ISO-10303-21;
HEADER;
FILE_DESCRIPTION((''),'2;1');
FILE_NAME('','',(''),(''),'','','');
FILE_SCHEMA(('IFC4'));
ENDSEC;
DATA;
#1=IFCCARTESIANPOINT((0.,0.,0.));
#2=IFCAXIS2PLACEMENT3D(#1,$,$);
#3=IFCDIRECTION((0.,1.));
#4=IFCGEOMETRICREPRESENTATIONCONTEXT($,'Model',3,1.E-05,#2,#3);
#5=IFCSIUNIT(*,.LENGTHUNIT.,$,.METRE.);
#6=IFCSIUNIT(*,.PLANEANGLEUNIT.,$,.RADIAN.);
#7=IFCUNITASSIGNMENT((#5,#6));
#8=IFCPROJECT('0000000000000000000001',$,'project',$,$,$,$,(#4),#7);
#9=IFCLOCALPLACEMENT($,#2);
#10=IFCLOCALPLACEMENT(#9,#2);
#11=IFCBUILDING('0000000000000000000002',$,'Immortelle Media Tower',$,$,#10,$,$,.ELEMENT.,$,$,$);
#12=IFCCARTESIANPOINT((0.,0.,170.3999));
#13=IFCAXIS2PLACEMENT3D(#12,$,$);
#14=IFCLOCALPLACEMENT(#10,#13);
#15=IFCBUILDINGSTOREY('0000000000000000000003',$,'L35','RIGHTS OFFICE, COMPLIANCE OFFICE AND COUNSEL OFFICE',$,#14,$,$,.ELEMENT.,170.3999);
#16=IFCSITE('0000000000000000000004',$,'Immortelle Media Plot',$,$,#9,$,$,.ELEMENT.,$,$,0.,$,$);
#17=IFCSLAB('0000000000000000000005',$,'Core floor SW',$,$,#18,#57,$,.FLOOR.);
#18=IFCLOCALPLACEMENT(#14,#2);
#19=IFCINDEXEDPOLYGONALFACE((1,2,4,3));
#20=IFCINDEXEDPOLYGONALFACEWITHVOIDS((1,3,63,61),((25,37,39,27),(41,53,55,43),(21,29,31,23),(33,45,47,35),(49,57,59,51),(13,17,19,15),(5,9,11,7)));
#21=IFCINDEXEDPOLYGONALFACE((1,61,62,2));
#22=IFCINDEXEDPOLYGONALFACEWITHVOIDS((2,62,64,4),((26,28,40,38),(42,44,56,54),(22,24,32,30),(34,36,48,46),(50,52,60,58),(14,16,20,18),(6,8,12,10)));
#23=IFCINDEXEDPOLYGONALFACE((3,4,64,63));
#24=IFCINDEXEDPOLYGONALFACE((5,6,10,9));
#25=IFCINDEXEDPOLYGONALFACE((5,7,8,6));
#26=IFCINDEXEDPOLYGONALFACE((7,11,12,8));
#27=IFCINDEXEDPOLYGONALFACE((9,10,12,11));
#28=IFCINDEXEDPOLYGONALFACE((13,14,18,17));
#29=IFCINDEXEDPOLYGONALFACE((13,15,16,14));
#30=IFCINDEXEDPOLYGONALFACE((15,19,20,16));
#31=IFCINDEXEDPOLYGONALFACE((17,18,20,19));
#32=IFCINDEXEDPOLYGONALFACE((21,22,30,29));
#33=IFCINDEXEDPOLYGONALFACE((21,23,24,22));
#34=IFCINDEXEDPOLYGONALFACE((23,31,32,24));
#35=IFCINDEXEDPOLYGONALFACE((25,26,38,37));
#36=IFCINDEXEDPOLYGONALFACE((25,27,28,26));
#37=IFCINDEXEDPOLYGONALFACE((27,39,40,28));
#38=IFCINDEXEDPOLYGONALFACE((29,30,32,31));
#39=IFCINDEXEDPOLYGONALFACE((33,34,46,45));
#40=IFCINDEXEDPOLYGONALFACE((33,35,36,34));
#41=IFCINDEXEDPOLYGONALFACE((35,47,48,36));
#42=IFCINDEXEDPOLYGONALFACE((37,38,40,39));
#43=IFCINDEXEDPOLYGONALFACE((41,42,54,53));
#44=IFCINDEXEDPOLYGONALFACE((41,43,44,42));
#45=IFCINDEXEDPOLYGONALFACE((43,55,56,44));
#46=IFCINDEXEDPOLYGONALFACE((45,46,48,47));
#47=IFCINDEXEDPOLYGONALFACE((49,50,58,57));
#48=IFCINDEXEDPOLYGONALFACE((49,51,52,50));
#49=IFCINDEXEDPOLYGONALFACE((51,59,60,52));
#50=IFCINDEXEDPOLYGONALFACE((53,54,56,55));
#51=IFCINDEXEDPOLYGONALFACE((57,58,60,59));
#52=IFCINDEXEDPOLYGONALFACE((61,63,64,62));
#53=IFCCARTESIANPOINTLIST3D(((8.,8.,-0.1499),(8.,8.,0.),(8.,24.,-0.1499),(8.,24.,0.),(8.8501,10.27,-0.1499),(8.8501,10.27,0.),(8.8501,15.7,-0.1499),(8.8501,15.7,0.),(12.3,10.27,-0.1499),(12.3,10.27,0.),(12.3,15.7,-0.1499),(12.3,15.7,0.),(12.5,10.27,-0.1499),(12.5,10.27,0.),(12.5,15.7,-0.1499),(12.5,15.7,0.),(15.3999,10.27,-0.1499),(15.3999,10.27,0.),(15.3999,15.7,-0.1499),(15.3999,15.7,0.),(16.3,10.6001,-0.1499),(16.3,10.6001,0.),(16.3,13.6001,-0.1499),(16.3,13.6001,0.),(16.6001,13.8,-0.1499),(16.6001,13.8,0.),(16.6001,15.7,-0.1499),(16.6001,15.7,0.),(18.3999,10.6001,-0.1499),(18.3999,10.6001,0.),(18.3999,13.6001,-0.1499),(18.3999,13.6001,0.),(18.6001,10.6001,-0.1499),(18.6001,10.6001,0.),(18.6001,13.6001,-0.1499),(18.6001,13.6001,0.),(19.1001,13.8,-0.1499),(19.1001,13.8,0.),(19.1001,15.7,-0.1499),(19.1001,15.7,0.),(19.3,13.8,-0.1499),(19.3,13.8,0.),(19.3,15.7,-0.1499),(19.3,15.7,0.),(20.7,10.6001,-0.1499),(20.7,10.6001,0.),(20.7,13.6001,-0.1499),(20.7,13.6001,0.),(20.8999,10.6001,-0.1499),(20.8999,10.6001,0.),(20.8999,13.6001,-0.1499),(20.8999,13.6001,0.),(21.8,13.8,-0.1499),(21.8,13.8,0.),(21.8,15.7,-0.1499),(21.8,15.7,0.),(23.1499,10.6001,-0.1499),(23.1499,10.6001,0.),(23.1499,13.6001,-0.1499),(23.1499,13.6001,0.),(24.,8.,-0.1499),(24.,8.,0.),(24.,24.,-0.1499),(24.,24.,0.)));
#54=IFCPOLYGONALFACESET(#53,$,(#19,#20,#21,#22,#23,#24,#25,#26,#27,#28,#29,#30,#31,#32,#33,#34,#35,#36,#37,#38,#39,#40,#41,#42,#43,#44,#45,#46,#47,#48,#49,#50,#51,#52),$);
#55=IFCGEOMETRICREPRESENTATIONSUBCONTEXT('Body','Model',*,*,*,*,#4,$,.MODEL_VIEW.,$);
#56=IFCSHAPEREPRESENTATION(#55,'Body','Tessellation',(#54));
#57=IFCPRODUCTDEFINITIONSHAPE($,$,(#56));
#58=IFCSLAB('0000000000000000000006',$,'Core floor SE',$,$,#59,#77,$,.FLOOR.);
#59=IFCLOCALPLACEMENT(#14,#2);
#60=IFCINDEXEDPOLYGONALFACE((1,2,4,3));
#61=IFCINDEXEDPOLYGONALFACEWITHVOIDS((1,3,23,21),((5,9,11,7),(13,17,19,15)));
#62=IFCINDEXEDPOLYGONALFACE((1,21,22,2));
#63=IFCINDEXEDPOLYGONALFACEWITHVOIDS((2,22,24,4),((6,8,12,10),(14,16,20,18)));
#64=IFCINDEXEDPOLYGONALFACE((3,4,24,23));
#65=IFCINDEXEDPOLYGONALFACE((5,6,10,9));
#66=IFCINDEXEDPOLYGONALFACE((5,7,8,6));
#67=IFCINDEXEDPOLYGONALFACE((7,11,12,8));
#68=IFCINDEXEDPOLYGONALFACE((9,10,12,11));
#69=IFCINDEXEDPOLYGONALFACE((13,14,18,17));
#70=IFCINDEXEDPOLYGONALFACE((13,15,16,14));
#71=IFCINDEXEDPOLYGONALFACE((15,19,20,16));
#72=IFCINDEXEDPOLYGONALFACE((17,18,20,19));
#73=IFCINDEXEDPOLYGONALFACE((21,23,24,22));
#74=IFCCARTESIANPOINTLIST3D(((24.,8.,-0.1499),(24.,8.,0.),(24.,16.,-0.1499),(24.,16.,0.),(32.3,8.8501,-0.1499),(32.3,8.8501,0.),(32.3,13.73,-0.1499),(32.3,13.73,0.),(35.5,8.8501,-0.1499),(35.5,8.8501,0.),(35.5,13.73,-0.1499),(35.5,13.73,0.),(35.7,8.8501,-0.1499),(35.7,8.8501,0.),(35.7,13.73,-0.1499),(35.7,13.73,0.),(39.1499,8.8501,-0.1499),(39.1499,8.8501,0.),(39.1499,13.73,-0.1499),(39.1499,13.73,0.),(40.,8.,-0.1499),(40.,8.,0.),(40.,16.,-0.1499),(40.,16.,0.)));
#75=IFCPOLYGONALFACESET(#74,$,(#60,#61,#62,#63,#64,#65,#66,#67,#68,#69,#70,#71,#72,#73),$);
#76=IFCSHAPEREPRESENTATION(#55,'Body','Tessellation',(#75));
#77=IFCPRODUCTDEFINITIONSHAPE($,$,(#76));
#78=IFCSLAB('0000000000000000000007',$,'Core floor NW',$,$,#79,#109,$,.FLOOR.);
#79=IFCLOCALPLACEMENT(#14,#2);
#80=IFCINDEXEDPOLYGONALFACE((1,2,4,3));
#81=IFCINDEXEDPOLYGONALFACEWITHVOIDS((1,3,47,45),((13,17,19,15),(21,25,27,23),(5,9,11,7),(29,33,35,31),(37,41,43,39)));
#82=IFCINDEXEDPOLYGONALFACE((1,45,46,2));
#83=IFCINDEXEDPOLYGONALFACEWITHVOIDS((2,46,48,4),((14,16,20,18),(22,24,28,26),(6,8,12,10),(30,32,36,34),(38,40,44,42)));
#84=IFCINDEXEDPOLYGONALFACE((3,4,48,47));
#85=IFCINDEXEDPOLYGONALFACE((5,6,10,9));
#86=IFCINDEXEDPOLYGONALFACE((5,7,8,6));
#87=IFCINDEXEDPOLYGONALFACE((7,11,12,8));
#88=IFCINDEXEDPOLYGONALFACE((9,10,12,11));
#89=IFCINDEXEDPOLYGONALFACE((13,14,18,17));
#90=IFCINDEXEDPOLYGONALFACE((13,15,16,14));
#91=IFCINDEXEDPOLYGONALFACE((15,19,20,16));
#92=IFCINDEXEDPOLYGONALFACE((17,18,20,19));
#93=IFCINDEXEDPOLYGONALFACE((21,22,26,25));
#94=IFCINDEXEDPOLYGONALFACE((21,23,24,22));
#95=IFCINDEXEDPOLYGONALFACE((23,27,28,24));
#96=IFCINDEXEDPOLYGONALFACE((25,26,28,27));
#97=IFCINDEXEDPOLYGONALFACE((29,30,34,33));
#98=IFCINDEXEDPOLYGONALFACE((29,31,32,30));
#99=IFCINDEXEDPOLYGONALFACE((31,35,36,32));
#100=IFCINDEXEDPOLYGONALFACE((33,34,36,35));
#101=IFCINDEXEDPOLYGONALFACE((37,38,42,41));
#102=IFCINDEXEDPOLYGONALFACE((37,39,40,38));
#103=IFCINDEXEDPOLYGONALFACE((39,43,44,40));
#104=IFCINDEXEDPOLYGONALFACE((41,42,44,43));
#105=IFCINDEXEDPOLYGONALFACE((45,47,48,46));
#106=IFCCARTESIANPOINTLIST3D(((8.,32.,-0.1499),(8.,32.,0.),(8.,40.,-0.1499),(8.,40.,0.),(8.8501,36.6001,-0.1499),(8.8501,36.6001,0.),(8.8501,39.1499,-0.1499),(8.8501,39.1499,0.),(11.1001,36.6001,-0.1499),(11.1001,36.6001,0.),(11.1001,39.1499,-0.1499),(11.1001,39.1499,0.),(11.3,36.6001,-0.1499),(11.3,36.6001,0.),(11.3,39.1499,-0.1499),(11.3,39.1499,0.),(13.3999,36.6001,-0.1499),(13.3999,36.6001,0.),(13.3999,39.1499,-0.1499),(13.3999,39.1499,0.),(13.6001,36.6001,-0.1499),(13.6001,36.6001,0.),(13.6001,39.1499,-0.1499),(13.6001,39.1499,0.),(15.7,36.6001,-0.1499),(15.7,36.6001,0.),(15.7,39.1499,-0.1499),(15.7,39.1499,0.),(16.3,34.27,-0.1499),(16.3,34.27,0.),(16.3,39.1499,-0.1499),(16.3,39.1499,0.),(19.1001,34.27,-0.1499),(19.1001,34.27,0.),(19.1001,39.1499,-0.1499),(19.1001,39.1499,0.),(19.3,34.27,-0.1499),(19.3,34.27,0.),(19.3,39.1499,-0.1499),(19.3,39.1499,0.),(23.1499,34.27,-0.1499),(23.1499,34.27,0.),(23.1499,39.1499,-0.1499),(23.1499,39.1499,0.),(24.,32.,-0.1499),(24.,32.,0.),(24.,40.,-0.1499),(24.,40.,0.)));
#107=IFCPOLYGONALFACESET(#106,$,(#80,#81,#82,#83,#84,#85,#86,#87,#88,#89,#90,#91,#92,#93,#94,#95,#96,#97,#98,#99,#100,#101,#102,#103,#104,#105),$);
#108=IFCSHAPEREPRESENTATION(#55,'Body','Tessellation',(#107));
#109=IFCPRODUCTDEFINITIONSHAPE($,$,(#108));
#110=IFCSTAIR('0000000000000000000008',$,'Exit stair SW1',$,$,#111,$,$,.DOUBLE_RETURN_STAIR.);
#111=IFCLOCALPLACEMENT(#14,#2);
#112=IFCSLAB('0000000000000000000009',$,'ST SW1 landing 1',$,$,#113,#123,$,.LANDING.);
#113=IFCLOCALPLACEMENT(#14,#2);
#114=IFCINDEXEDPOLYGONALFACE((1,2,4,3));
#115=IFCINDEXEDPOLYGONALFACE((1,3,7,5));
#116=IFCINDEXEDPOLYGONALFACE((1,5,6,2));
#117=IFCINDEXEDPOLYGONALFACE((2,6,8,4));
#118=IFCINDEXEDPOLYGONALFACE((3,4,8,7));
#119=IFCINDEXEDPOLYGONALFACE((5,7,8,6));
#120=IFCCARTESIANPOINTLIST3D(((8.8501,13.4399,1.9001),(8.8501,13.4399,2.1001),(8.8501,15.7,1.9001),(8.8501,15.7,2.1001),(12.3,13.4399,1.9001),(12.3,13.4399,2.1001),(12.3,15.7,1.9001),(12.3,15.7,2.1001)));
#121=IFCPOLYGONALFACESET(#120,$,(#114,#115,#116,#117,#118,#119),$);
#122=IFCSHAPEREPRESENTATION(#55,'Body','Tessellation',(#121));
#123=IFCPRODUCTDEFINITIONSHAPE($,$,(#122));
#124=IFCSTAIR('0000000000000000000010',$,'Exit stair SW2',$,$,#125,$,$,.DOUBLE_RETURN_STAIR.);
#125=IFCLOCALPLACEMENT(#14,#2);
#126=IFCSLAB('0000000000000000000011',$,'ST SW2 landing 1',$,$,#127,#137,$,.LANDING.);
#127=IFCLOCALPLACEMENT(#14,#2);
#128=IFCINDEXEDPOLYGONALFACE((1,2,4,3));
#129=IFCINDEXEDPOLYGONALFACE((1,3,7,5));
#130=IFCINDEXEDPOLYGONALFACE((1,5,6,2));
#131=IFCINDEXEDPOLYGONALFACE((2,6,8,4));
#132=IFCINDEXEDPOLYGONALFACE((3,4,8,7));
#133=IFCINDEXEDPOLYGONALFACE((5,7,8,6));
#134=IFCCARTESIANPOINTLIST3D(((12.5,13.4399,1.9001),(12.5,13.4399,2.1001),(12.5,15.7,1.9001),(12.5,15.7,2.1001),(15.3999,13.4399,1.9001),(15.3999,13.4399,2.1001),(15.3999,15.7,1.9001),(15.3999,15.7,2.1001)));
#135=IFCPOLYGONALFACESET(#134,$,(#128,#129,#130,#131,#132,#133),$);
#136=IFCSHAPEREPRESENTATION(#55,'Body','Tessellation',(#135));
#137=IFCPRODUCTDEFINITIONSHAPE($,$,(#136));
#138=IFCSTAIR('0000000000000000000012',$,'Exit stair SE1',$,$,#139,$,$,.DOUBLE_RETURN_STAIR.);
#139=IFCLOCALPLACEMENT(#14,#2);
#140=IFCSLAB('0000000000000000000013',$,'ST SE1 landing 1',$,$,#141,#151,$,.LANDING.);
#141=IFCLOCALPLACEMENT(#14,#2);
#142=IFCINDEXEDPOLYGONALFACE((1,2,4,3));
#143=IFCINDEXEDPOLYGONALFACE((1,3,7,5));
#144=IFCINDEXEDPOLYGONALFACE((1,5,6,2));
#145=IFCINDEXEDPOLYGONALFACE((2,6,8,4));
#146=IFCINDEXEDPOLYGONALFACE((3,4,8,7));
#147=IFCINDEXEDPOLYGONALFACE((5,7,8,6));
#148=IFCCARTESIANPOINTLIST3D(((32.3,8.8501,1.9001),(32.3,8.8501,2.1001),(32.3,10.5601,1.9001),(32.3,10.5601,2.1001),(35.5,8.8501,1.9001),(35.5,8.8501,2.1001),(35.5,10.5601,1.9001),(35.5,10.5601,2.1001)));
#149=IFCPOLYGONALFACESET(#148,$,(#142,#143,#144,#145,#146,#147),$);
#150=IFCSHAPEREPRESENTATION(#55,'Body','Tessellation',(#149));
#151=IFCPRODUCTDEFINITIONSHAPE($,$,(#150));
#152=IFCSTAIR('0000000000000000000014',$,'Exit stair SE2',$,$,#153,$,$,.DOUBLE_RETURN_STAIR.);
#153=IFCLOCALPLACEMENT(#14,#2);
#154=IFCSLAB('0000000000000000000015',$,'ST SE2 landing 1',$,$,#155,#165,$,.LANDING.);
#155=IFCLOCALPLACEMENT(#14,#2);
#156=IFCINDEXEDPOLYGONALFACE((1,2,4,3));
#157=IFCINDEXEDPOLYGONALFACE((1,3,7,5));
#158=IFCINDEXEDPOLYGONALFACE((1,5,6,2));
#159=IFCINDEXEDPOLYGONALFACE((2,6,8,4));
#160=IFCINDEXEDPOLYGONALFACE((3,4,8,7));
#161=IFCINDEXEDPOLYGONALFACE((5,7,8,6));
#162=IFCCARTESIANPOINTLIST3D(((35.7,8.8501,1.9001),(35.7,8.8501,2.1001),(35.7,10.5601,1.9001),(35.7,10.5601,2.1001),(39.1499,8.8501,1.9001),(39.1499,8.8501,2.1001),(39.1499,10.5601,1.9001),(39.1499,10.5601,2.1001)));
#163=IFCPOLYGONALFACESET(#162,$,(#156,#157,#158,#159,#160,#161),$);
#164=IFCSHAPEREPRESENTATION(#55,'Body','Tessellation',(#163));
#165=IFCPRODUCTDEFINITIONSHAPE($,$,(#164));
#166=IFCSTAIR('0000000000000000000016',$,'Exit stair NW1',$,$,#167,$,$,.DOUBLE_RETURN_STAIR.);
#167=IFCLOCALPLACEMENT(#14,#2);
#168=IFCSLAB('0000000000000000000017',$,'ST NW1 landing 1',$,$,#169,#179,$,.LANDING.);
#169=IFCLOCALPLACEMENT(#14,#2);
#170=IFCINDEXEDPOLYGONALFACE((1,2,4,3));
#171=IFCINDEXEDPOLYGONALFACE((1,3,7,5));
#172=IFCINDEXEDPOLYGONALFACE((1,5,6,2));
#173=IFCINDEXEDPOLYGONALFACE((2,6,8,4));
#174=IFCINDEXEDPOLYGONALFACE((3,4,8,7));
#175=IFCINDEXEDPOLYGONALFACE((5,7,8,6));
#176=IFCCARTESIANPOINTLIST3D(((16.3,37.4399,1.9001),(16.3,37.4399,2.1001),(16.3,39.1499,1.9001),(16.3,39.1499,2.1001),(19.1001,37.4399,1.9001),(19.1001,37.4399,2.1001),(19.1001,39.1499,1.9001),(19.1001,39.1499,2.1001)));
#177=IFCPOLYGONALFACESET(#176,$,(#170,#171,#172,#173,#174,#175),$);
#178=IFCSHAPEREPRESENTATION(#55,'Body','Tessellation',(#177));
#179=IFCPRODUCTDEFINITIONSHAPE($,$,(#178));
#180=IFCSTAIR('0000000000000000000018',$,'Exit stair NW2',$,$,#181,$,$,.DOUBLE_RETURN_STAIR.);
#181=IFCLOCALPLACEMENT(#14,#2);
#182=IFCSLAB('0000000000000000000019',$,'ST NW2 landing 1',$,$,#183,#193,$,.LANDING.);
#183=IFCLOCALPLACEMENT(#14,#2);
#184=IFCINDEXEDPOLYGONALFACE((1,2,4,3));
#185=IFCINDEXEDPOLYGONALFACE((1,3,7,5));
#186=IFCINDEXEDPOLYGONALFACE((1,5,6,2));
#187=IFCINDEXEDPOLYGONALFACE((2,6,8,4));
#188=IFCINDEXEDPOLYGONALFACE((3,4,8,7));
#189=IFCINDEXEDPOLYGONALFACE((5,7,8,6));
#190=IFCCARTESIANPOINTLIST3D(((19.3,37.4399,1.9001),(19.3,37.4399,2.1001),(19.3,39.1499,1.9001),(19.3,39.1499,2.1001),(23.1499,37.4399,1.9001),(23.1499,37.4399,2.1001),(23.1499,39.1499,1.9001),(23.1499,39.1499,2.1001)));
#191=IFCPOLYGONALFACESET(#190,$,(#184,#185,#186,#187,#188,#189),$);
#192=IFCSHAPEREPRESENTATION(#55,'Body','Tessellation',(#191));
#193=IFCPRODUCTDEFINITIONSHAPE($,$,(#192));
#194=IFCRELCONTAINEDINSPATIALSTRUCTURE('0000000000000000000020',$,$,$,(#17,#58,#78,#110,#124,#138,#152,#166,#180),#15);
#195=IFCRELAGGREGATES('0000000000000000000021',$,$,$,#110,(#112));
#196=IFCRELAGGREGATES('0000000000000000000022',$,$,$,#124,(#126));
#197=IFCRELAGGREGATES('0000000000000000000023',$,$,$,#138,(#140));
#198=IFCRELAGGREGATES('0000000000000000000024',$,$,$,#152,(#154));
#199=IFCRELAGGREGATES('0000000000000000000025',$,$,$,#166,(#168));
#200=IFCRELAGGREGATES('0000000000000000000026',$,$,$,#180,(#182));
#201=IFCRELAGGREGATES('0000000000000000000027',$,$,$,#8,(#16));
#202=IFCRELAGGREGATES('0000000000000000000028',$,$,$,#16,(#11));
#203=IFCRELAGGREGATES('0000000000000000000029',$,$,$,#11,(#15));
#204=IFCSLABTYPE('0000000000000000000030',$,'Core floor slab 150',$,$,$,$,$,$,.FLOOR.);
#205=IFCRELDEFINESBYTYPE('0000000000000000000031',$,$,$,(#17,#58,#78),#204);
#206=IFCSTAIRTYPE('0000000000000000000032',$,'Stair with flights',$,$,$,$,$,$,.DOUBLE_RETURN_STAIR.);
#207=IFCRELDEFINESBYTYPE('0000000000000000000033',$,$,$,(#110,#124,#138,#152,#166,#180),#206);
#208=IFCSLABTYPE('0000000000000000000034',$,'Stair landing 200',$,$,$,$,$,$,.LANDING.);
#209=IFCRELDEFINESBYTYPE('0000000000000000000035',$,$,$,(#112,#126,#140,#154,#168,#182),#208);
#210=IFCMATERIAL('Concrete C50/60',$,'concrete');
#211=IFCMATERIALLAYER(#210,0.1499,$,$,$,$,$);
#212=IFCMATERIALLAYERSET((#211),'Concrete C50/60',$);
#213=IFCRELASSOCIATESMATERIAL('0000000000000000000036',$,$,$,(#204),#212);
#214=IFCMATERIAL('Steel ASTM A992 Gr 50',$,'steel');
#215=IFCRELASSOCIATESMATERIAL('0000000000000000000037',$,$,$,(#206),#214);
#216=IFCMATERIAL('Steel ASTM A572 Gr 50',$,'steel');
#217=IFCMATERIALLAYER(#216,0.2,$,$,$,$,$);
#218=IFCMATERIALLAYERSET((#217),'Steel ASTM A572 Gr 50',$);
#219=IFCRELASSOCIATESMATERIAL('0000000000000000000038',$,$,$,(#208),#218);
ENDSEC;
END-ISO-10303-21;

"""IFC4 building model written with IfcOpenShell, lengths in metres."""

from ifc_helpers import new_model, si_unit, direction, frame, origin, place, context, subcontext, project, spatial, polyline, outline, extrude, material, layer, layer_set, type_object, element, aggregate, save


model = new_model("IFC4")

# Units and contexts
model_context = context("Model", 3, precision=1e-05, world=origin(), true_north=direction((0.0, 1.0)))
body_context = subcontext(model_context, "Body", "Model", "MODEL_VIEW")
ifc_project = project(units=[si_unit("LENGTHUNIT", "METRE"), si_unit("PLANEANGLEUNIT", "RADIAN")], contexts=[model_context])

# Site, building, storey
site_placement = place(None, origin())
site = spatial("IfcSite", under=ifc_project, at=site_placement, Name="Immortelle Media Plot", CompositionType="ELEMENT", RefElevation=0.0)
building_placement = place(site_placement, origin())
building = spatial("IfcBuilding", under=site, at=building_placement, Name="Immortelle Media Tower", CompositionType="ELEMENT")
storey_placement = place(building_placement, frame((0.0, 0.0, 170.3999)))
storey = spatial("IfcBuildingStorey", under=building, at=storey_placement, Name="L35", Description="RIGHTS OFFICE, COMPLIANCE OFFICE AND COUNSEL OFFICE", CompositionType="ELEMENT", Elevation=170.3999)

# Slabs
ifc_material_1 = material(Name="Concrete C50/60", Category="concrete")
ifc_layer_1 = layer(ifc_material_1, 0.1499)
ifc_layer_set_1 = layer_set([ifc_layer_1], Name="Concrete C50/60")
slab_type_1 = type_object("IfcSlabType", Name="Core floor slab 150", PredefinedType="FLOOR", material=ifc_layer_set_1)
slab_1_placement = place(storey_placement, frame((0.0, 0.0, -0.1499)))
element("IfcSlab", 1, at=slab_1_placement, inside=storey, type_object=slab_type_1, Name="Core floor SW", PredefinedType="FLOOR", context=body_context, shape_type="SweptSolid", body=[
    extrude(outline(polyline([(8.0, 8.0), (24.0, 8.0), (24.0, 24.0), (8.0, 24.0), (8.0, 8.0)]), holes=[polyline([(16.6001, 13.8), (19.1001, 13.8), (19.1001, 15.7), (16.6001, 15.7), (16.6001, 13.8)]), polyline([(19.3, 13.8), (21.8, 13.8), (21.8, 15.7), (19.3, 15.7), (19.3, 13.8)]), polyline([(16.3, 10.6001), (18.3999, 10.6001), (18.3999, 13.6001), (16.3, 13.6001), (16.3, 10.6001)]), polyline([(18.6001, 10.6001), (20.7, 10.6001), (20.7, 13.6001), (18.6001, 13.6001), (18.6001, 10.6001)]), polyline([(20.8999, 10.6001), (23.1499, 10.6001), (23.1499, 13.6001), (20.8999, 13.6001), (20.8999, 10.6001)]), polyline([(8.8501, 10.27), (12.3, 10.27), (12.3, 15.7), (8.8501, 15.7), (8.8501, 10.27)]), polyline([(12.5, 10.27), (15.3999, 10.27), (15.3999, 15.7), (12.5, 15.7), (12.5, 10.27)])]), origin(), (0.0, 0.0, 1.0), 0.1499),
])
slab_2_placement = place(storey_placement, frame((0.0, 0.0, -0.1499)))
element("IfcSlab", 2, at=slab_2_placement, inside=storey, type_object=slab_type_1, Name="Core floor SE", PredefinedType="FLOOR", context=body_context, shape_type="SweptSolid", body=[
    extrude(outline(polyline([(24.0, 8.0), (40.0, 8.0), (40.0, 16.0), (24.0, 16.0), (24.0, 8.0)]), holes=[polyline([(32.3, 8.8501), (35.5, 8.8501), (35.5, 13.73), (32.3, 13.73), (32.3, 8.8501)]), polyline([(35.7, 8.8501), (39.1499, 8.8501), (39.1499, 13.73), (35.7, 13.73), (35.7, 8.8501)])]), origin(), (0.0, 0.0, 1.0), 0.1499),
])
slab_3_placement = place(storey_placement, frame((0.0, 0.0, -0.1499)))
element("IfcSlab", 3, at=slab_3_placement, inside=storey, type_object=slab_type_1, Name="Core floor NW", PredefinedType="FLOOR", context=body_context, shape_type="SweptSolid", body=[
    extrude(outline(polyline([(8.0, 32.0), (24.0, 32.0), (24.0, 40.0), (8.0, 40.0), (8.0, 32.0)]), holes=[polyline([(8.8501, 36.6001), (11.1001, 36.6001), (11.1001, 39.1499), (8.8501, 39.1499), (8.8501, 36.6001)]), polyline([(11.3, 36.6001), (13.3999, 36.6001), (13.3999, 39.1499), (11.3, 39.1499), (11.3, 36.6001)]), polyline([(13.6001, 36.6001), (15.7, 36.6001), (15.7, 39.1499), (13.6001, 39.1499), (13.6001, 36.6001)]), polyline([(16.3, 34.27), (19.1001, 34.27), (19.1001, 39.1499), (16.3, 39.1499), (16.3, 34.27)]), polyline([(19.3, 34.27), (23.1499, 34.27), (23.1499, 39.1499), (19.3, 39.1499), (19.3, 34.27)])]), origin(), (0.0, 0.0, 1.0), 0.1499),
])

# Stairs, slabs
ifc_material_2 = material(Name="Steel ASTM A992 Gr 50", Category="steel")
stair_type = type_object("IfcStairType", Name="Stair with flights", PredefinedType="DOUBLE_RETURN_STAIR", material=ifc_material_2)
stair_1_placement = place(storey_placement, origin())
stair_1 = element("IfcStair", 4, at=stair_1_placement, inside=storey, type_object=stair_type, Name="Exit stair SW1", PredefinedType="DOUBLE_RETURN_STAIR")
ifc_material_3 = material(Name="Steel ASTM A572 Gr 50", Category="steel")
ifc_layer_2 = layer(ifc_material_3, 0.2)
ifc_layer_set_2 = layer_set([ifc_layer_2], Name="Steel ASTM A572 Gr 50")
slab_type_2 = type_object("IfcSlabType", Name="Stair landing 200", PredefinedType="LANDING", material=ifc_layer_set_2)
slab_4_placement = place(storey_placement, frame((0.0, 0.0, 1.9001)))
slab_4 = element("IfcSlab", 5, at=slab_4_placement, type_object=slab_type_2, Name="ST SW1 landing 1", PredefinedType="LANDING", context=body_context, shape_type="SweptSolid", body=[
    extrude(outline(polyline([(8.8501, 13.4399), (12.3, 13.4399), (12.3, 15.7), (8.8501, 15.7), (8.8501, 13.4399)])), origin(), (0.0, 0.0, 1.0), 0.2),
])
aggregate(stair_1, [slab_4])
stair_2_placement = place(storey_placement, origin())
stair_2 = element("IfcStair", 6, at=stair_2_placement, inside=storey, type_object=stair_type, Name="Exit stair SW2", PredefinedType="DOUBLE_RETURN_STAIR")
slab_5_placement = place(storey_placement, frame((0.0, 0.0, 1.9001)))
slab_5 = element("IfcSlab", 7, at=slab_5_placement, type_object=slab_type_2, Name="ST SW2 landing 1", PredefinedType="LANDING", context=body_context, shape_type="SweptSolid", body=[
    extrude(outline(polyline([(12.5, 13.4399), (15.3999, 13.4399), (15.3999, 15.7), (12.5, 15.7), (12.5, 13.4399)])), origin(), (0.0, 0.0, 1.0), 0.2),
])
aggregate(stair_2, [slab_5])
stair_3_placement = place(storey_placement, origin())
stair_3 = element("IfcStair", 8, at=stair_3_placement, inside=storey, type_object=stair_type, Name="Exit stair SE1", PredefinedType="DOUBLE_RETURN_STAIR")
slab_6_placement = place(storey_placement, frame((0.0, 0.0, 1.9001)))
slab_6 = element("IfcSlab", 9, at=slab_6_placement, type_object=slab_type_2, Name="ST SE1 landing 1", PredefinedType="LANDING", context=body_context, shape_type="SweptSolid", body=[
    extrude(outline(polyline([(32.3, 8.8501), (35.5, 8.8501), (35.5, 10.5601), (32.3, 10.5601), (32.3, 8.8501)])), origin(), (0.0, 0.0, 1.0), 0.2),
])
aggregate(stair_3, [slab_6])
stair_4_placement = place(storey_placement, origin())
stair_4 = element("IfcStair", 10, at=stair_4_placement, inside=storey, type_object=stair_type, Name="Exit stair SE2", PredefinedType="DOUBLE_RETURN_STAIR")
slab_7_placement = place(storey_placement, frame((0.0, 0.0, 1.9001)))
slab_7 = element("IfcSlab", 11, at=slab_7_placement, type_object=slab_type_2, Name="ST SE2 landing 1", PredefinedType="LANDING", context=body_context, shape_type="SweptSolid", body=[
    extrude(outline(polyline([(35.7, 8.8501), (39.1499, 8.8501), (39.1499, 10.5601), (35.7, 10.5601), (35.7, 8.8501)])), origin(), (0.0, 0.0, 1.0), 0.2),
])
aggregate(stair_4, [slab_7])
stair_5_placement = place(storey_placement, origin())
stair_5 = element("IfcStair", 12, at=stair_5_placement, inside=storey, type_object=stair_type, Name="Exit stair NW1", PredefinedType="DOUBLE_RETURN_STAIR")
slab_8_placement = place(storey_placement, frame((0.0, 0.0, 1.9001)))
slab_8 = element("IfcSlab", 13, at=slab_8_placement, type_object=slab_type_2, Name="ST NW1 landing 1", PredefinedType="LANDING", context=body_context, shape_type="SweptSolid", body=[
    extrude(outline(polyline([(16.3, 37.4399), (19.1001, 37.4399), (19.1001, 39.1499), (16.3, 39.1499), (16.3, 37.4399)])), origin(), (0.0, 0.0, 1.0), 0.2),
])
aggregate(stair_5, [slab_8])
stair_6_placement = place(storey_placement, origin())
stair_6 = element("IfcStair", 14, at=stair_6_placement, inside=storey, type_object=stair_type, Name="Exit stair NW2", PredefinedType="DOUBLE_RETURN_STAIR")
slab_9_placement = place(storey_placement, frame((0.0, 0.0, 1.9001)))
slab_9 = element("IfcSlab", 15, at=slab_9_placement, type_object=slab_type_2, Name="ST NW2 landing 1", PredefinedType="LANDING", context=body_context, shape_type="SweptSolid", body=[
    extrude(outline(polyline([(19.3, 37.4399), (23.1499, 37.4399), (23.1499, 39.1499), (19.3, 39.1499), (19.3, 37.4399)])), origin(), (0.0, 0.0, 1.0), 0.2),
])
aggregate(stair_6, [slab_9])

save(model, "model.ifc")
